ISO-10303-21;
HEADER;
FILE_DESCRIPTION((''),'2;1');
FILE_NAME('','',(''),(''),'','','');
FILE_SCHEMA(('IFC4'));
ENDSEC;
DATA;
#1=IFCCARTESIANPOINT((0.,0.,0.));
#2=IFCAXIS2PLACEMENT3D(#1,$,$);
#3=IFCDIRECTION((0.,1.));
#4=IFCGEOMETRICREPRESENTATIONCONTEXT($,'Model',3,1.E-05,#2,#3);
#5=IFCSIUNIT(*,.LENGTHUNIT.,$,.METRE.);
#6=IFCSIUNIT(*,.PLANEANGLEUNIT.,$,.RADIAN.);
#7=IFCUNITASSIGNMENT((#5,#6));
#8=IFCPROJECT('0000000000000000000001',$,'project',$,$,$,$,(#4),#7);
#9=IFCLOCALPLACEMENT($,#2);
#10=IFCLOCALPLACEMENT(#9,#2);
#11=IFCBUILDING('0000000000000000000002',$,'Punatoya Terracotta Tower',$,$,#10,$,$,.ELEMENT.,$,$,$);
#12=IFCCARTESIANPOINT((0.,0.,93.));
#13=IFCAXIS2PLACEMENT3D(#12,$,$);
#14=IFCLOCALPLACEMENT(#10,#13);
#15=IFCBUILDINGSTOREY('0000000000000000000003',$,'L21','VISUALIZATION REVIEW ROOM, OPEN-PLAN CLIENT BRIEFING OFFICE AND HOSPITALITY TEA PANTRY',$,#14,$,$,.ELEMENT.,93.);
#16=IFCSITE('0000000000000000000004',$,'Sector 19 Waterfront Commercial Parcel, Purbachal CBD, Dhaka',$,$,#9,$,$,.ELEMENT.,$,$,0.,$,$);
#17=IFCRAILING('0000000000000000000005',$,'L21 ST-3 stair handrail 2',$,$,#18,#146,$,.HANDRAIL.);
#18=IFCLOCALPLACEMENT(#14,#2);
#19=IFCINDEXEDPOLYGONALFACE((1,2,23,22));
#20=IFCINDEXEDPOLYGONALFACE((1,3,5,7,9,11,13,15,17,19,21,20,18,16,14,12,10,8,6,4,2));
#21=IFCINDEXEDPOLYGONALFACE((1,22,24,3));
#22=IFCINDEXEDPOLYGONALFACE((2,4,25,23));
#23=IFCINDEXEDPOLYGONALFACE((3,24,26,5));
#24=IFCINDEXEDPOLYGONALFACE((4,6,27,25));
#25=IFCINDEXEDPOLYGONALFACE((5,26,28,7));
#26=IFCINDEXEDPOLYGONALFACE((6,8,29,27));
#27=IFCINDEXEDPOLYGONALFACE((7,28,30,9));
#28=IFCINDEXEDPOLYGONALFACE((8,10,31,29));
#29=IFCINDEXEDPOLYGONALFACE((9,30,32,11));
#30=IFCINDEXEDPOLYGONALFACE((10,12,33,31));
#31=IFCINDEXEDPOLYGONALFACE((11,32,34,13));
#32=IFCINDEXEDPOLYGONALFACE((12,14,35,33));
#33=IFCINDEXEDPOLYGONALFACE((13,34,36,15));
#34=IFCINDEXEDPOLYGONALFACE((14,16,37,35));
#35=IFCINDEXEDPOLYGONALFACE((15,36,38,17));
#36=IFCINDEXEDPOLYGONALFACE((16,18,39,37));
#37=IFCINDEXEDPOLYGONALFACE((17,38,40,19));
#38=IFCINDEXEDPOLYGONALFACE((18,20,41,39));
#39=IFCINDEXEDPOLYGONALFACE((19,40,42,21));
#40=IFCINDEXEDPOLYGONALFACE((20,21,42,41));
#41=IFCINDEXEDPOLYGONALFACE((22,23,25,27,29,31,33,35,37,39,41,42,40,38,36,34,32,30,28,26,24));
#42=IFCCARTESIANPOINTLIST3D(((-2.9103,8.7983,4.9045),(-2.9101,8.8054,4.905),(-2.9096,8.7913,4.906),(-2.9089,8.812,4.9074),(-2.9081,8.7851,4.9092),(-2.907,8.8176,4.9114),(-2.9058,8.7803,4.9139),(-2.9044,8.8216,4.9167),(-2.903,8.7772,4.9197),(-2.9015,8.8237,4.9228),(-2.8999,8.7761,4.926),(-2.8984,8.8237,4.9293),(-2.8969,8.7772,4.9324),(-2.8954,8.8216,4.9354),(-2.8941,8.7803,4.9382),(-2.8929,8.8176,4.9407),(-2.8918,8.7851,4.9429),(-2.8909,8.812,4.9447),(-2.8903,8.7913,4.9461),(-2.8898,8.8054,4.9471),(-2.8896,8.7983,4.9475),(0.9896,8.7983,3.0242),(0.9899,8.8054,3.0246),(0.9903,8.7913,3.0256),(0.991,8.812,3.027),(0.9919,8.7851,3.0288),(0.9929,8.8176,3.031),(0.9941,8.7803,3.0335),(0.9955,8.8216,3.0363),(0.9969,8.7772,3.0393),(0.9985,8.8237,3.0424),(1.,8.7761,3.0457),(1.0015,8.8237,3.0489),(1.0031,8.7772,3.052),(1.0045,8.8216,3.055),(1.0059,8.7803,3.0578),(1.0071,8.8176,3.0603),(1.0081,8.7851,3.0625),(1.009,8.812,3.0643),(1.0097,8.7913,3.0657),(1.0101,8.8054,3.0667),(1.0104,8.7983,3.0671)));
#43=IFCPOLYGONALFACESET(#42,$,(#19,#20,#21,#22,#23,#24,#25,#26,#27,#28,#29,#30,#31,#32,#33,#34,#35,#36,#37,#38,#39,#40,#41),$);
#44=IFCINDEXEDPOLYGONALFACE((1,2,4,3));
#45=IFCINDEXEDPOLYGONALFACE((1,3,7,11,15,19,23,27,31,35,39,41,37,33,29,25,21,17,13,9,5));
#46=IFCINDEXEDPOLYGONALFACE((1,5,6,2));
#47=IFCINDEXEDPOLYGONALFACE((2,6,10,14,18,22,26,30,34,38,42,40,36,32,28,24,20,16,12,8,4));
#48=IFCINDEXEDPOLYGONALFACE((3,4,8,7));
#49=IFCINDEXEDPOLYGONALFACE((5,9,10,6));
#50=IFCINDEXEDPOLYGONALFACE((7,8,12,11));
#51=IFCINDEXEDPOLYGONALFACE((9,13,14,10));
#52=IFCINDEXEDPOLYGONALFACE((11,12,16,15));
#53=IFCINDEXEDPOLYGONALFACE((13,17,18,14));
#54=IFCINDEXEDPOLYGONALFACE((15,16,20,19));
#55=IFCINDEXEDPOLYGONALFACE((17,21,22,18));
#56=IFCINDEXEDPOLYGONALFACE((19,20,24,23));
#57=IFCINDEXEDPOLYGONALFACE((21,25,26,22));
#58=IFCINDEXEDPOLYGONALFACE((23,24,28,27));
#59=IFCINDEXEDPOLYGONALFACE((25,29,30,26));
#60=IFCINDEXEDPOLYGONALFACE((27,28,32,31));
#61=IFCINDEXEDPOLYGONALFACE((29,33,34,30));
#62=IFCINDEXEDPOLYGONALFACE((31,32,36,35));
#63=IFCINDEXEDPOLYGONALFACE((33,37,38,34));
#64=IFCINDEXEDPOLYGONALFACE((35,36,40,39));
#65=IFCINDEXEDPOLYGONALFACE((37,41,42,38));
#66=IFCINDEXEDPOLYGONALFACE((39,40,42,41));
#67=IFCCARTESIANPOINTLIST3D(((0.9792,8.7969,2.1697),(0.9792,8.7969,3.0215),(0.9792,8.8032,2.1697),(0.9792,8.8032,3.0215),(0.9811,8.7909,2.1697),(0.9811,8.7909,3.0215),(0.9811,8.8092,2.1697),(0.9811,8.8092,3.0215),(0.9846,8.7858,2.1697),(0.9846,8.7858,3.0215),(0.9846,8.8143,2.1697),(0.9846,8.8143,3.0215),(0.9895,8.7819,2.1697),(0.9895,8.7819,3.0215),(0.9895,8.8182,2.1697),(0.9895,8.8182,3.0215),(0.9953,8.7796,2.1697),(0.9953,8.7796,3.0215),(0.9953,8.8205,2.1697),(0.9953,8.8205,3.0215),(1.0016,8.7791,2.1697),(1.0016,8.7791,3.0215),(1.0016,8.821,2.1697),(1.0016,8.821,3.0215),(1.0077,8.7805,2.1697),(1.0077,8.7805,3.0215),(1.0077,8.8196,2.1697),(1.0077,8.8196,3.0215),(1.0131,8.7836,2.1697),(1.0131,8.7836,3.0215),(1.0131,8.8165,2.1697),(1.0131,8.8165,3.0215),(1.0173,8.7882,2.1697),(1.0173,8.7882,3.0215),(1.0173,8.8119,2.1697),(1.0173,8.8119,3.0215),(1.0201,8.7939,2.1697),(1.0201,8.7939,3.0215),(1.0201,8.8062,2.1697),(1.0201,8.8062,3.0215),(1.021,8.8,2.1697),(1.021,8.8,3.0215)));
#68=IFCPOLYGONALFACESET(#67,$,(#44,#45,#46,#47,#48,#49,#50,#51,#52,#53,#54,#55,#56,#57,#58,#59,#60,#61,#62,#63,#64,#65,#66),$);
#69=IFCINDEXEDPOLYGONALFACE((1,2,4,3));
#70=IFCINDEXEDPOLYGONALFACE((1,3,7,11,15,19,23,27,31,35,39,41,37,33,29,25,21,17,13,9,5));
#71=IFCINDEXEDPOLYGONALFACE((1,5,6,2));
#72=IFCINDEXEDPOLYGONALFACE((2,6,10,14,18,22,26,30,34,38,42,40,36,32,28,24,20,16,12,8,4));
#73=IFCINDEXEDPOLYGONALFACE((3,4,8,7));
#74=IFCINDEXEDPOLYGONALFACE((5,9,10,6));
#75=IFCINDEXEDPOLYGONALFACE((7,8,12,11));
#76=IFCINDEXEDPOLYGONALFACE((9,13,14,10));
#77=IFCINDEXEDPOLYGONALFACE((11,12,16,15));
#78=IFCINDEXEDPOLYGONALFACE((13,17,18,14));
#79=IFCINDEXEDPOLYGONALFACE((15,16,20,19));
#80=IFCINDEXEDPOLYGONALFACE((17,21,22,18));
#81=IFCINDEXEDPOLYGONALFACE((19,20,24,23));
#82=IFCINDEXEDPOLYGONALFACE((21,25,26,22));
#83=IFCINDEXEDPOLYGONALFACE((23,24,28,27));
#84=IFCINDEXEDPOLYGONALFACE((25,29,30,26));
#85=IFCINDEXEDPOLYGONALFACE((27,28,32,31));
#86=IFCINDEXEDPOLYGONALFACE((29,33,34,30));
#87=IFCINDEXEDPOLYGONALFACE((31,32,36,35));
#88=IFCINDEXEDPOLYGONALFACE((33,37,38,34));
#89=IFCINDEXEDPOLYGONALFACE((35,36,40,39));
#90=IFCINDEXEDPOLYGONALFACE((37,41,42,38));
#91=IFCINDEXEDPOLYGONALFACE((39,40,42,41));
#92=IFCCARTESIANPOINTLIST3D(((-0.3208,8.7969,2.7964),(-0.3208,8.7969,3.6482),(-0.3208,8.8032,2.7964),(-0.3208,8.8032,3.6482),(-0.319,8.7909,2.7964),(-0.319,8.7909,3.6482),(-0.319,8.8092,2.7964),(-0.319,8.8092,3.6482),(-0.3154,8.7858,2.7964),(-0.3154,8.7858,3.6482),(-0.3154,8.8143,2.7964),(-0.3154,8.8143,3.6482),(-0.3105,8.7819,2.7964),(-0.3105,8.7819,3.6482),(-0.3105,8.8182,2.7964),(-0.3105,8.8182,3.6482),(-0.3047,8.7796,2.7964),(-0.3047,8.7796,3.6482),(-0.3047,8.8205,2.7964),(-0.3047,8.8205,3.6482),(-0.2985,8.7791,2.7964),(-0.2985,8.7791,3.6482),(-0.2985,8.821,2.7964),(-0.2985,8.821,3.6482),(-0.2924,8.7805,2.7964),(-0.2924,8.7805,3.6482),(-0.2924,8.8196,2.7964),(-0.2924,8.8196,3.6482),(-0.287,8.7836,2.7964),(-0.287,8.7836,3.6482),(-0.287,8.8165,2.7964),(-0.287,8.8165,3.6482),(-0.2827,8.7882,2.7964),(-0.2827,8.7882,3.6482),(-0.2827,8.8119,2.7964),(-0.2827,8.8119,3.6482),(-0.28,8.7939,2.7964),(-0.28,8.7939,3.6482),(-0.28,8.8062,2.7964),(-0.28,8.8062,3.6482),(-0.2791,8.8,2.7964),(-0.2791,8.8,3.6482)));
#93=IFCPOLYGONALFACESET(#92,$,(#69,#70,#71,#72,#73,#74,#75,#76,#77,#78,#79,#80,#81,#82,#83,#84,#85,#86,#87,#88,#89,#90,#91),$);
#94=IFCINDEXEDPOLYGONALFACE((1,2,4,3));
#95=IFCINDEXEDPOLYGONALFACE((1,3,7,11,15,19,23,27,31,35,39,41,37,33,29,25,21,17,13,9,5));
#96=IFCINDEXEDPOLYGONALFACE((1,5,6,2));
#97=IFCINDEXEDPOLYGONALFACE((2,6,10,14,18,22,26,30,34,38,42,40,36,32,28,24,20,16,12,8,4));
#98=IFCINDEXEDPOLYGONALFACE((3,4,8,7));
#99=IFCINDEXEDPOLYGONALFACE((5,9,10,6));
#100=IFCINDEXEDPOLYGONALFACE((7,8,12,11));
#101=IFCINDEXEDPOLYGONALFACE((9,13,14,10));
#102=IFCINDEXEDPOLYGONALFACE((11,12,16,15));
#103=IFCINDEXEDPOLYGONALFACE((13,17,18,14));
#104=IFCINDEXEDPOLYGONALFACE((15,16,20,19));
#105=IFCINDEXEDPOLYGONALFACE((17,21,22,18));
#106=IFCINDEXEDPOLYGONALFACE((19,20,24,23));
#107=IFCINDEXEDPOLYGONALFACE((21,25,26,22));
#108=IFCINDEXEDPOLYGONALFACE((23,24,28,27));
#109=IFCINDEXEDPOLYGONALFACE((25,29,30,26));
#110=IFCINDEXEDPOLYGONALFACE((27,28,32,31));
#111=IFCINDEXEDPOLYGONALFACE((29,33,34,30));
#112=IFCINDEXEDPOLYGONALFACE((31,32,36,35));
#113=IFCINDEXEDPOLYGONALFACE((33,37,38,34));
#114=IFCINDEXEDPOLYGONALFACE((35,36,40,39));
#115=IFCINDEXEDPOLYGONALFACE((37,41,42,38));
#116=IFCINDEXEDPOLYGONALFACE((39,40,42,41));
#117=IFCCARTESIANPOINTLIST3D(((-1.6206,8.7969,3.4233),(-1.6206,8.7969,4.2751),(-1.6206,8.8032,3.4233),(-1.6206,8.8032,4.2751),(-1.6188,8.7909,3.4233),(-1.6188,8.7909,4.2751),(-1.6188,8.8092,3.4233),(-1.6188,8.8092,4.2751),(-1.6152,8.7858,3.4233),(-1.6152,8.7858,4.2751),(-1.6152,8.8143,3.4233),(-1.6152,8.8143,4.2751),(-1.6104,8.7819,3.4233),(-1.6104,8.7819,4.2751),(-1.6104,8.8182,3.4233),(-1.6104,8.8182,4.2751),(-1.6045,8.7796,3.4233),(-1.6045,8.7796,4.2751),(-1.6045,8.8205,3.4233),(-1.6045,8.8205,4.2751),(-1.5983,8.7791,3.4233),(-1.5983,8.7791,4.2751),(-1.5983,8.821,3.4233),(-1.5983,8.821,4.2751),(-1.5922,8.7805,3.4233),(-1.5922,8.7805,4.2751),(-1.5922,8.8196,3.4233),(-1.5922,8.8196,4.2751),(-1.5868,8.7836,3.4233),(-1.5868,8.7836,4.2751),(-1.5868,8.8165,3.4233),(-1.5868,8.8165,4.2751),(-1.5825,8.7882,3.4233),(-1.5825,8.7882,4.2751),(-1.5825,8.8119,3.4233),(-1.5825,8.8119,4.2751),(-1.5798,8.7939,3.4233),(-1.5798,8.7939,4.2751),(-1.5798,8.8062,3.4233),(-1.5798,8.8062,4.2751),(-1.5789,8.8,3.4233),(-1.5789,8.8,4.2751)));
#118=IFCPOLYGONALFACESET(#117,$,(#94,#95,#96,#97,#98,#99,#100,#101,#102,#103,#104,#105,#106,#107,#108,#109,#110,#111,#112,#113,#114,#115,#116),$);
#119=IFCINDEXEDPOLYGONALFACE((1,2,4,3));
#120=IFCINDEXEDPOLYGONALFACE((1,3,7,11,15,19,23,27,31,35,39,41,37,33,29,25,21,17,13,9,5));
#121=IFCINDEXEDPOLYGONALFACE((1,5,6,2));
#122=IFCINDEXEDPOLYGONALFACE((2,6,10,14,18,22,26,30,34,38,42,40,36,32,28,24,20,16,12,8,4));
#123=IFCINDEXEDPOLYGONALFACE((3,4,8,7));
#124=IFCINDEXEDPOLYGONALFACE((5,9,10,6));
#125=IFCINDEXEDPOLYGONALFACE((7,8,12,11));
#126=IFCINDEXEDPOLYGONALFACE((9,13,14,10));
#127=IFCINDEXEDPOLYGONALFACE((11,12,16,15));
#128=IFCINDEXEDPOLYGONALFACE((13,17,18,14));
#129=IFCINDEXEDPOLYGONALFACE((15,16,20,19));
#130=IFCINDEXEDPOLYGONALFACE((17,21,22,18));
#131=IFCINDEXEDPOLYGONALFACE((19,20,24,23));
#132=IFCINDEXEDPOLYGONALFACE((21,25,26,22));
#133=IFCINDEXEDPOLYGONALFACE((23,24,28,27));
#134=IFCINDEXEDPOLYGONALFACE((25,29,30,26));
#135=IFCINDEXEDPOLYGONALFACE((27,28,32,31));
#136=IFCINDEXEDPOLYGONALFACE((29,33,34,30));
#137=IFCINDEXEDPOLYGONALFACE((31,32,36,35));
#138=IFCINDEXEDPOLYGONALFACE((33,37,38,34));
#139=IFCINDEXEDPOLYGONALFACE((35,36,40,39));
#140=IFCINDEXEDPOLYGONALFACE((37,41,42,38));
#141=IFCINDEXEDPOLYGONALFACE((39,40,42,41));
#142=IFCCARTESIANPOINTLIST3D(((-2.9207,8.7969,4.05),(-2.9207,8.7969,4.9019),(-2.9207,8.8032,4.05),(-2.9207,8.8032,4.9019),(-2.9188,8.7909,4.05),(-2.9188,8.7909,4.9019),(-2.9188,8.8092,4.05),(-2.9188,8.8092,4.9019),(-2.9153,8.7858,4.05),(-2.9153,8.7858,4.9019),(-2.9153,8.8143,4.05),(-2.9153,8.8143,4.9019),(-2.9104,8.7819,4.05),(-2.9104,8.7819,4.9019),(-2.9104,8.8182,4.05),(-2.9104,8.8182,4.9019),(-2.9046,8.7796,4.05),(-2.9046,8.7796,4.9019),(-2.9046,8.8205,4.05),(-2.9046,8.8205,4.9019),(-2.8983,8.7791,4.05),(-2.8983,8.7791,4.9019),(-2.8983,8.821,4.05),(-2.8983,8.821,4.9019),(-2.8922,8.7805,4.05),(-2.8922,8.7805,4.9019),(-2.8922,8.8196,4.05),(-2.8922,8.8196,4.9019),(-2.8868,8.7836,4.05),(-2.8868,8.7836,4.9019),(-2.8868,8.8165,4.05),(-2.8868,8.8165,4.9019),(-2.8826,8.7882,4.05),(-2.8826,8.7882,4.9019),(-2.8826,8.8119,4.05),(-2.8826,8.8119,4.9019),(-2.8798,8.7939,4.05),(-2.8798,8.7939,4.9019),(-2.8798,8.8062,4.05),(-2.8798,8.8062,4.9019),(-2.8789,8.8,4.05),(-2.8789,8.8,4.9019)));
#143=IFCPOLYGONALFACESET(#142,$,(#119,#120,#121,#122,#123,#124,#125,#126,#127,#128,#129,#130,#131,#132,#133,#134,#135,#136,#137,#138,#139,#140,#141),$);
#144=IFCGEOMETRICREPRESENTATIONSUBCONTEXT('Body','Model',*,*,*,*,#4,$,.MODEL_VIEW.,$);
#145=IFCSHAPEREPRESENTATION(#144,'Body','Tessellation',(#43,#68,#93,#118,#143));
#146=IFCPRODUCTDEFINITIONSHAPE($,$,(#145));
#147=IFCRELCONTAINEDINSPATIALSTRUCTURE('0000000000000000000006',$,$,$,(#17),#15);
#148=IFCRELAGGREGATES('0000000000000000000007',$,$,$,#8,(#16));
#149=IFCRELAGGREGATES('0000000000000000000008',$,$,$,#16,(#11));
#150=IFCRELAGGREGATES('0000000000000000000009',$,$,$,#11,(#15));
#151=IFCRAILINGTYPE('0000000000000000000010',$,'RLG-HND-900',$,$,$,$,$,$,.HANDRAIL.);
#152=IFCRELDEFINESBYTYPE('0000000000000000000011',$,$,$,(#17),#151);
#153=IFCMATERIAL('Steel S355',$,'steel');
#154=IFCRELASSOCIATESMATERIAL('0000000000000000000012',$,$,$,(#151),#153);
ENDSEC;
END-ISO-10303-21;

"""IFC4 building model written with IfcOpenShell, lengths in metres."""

from ifc_helpers import new_model, si_unit, direction, frame, origin, origin_2d, place, context, subcontext, project, spatial, circle, extrude, material, type_object, element, save


model = new_model("IFC4")

# Units and contexts
model_context = context("Model", 3, precision=1e-05, world=origin(), true_north=direction((0.0, 1.0)))
body_context = subcontext(model_context, "Body", "Model", "MODEL_VIEW")
ifc_project = project(units=[si_unit("LENGTHUNIT", "METRE"), si_unit("PLANEANGLEUNIT", "RADIAN")], contexts=[model_context])

# Site, building, storey
site_placement = place(None, origin())
site = spatial("IfcSite", under=ifc_project, at=site_placement, Name="Sector 19 Waterfront Commercial Parcel, Purbachal CBD, Dhaka", CompositionType="ELEMENT", RefElevation=0.0)
building_placement = place(site_placement, origin())
building = spatial("IfcBuilding", under=site, at=building_placement, Name="Punatoya Terracotta Tower", CompositionType="ELEMENT")
storey_placement = place(building_placement, frame((0.0, 0.0, 93.0)))
storey = spatial("IfcBuildingStorey", under=building, at=storey_placement, Name="L21", Description="VISUALIZATION REVIEW ROOM, OPEN-PLAN CLIENT BRIEFING OFFICE AND HOSPITALITY TEA PANTRY", CompositionType="ELEMENT", Elevation=93.0)

# Railing
ifc_material_1 = material(Name="Steel S355", Category="steel")
railing_type = type_object("IfcRailingType", Name="RLG-HND-900", PredefinedType="HANDRAIL", material=ifc_material_1)
railing_placement = place(storey_placement, frame((1.0, 8.8, 2.1697)))
element("IfcRailing", 1, at=railing_placement, inside=storey, type_object=railing_type, Name="L21 ST-3 stair handrail 2", PredefinedType="HANDRAIL", context=body_context, shape_type="SweptSolid", body=[
    extrude(circle(Radius=0.0239, at=origin_2d()), frame((0.0, 0.0, 0.876), z_axis=(-0.900763, 0.0, 0.434311), x_axis=(0.0, -1.0, 0.0)), (0.0, 0.0, 1.0), 4.3296),
    extrude(circle(Radius=0.021, at=origin_2d()), origin(), (0.0, 0.0, 1.0), 0.8518),
    extrude(circle(Radius=0.021, at=origin_2d()), frame((-1.3, 0.0, 0.6267)), (0.0, 0.0, 1.0), 0.8518),
    extrude(circle(Radius=0.021, at=origin_2d()), frame((-2.5999, 0.0, 1.2537)), (0.0, 0.0, 1.0), 0.8518),
    extrude(circle(Radius=0.021, at=origin_2d()), frame((-3.8999, 0.0, 1.8804)), (0.0, 0.0, 1.0), 0.8518),
])

save(model, "model.ifc")
